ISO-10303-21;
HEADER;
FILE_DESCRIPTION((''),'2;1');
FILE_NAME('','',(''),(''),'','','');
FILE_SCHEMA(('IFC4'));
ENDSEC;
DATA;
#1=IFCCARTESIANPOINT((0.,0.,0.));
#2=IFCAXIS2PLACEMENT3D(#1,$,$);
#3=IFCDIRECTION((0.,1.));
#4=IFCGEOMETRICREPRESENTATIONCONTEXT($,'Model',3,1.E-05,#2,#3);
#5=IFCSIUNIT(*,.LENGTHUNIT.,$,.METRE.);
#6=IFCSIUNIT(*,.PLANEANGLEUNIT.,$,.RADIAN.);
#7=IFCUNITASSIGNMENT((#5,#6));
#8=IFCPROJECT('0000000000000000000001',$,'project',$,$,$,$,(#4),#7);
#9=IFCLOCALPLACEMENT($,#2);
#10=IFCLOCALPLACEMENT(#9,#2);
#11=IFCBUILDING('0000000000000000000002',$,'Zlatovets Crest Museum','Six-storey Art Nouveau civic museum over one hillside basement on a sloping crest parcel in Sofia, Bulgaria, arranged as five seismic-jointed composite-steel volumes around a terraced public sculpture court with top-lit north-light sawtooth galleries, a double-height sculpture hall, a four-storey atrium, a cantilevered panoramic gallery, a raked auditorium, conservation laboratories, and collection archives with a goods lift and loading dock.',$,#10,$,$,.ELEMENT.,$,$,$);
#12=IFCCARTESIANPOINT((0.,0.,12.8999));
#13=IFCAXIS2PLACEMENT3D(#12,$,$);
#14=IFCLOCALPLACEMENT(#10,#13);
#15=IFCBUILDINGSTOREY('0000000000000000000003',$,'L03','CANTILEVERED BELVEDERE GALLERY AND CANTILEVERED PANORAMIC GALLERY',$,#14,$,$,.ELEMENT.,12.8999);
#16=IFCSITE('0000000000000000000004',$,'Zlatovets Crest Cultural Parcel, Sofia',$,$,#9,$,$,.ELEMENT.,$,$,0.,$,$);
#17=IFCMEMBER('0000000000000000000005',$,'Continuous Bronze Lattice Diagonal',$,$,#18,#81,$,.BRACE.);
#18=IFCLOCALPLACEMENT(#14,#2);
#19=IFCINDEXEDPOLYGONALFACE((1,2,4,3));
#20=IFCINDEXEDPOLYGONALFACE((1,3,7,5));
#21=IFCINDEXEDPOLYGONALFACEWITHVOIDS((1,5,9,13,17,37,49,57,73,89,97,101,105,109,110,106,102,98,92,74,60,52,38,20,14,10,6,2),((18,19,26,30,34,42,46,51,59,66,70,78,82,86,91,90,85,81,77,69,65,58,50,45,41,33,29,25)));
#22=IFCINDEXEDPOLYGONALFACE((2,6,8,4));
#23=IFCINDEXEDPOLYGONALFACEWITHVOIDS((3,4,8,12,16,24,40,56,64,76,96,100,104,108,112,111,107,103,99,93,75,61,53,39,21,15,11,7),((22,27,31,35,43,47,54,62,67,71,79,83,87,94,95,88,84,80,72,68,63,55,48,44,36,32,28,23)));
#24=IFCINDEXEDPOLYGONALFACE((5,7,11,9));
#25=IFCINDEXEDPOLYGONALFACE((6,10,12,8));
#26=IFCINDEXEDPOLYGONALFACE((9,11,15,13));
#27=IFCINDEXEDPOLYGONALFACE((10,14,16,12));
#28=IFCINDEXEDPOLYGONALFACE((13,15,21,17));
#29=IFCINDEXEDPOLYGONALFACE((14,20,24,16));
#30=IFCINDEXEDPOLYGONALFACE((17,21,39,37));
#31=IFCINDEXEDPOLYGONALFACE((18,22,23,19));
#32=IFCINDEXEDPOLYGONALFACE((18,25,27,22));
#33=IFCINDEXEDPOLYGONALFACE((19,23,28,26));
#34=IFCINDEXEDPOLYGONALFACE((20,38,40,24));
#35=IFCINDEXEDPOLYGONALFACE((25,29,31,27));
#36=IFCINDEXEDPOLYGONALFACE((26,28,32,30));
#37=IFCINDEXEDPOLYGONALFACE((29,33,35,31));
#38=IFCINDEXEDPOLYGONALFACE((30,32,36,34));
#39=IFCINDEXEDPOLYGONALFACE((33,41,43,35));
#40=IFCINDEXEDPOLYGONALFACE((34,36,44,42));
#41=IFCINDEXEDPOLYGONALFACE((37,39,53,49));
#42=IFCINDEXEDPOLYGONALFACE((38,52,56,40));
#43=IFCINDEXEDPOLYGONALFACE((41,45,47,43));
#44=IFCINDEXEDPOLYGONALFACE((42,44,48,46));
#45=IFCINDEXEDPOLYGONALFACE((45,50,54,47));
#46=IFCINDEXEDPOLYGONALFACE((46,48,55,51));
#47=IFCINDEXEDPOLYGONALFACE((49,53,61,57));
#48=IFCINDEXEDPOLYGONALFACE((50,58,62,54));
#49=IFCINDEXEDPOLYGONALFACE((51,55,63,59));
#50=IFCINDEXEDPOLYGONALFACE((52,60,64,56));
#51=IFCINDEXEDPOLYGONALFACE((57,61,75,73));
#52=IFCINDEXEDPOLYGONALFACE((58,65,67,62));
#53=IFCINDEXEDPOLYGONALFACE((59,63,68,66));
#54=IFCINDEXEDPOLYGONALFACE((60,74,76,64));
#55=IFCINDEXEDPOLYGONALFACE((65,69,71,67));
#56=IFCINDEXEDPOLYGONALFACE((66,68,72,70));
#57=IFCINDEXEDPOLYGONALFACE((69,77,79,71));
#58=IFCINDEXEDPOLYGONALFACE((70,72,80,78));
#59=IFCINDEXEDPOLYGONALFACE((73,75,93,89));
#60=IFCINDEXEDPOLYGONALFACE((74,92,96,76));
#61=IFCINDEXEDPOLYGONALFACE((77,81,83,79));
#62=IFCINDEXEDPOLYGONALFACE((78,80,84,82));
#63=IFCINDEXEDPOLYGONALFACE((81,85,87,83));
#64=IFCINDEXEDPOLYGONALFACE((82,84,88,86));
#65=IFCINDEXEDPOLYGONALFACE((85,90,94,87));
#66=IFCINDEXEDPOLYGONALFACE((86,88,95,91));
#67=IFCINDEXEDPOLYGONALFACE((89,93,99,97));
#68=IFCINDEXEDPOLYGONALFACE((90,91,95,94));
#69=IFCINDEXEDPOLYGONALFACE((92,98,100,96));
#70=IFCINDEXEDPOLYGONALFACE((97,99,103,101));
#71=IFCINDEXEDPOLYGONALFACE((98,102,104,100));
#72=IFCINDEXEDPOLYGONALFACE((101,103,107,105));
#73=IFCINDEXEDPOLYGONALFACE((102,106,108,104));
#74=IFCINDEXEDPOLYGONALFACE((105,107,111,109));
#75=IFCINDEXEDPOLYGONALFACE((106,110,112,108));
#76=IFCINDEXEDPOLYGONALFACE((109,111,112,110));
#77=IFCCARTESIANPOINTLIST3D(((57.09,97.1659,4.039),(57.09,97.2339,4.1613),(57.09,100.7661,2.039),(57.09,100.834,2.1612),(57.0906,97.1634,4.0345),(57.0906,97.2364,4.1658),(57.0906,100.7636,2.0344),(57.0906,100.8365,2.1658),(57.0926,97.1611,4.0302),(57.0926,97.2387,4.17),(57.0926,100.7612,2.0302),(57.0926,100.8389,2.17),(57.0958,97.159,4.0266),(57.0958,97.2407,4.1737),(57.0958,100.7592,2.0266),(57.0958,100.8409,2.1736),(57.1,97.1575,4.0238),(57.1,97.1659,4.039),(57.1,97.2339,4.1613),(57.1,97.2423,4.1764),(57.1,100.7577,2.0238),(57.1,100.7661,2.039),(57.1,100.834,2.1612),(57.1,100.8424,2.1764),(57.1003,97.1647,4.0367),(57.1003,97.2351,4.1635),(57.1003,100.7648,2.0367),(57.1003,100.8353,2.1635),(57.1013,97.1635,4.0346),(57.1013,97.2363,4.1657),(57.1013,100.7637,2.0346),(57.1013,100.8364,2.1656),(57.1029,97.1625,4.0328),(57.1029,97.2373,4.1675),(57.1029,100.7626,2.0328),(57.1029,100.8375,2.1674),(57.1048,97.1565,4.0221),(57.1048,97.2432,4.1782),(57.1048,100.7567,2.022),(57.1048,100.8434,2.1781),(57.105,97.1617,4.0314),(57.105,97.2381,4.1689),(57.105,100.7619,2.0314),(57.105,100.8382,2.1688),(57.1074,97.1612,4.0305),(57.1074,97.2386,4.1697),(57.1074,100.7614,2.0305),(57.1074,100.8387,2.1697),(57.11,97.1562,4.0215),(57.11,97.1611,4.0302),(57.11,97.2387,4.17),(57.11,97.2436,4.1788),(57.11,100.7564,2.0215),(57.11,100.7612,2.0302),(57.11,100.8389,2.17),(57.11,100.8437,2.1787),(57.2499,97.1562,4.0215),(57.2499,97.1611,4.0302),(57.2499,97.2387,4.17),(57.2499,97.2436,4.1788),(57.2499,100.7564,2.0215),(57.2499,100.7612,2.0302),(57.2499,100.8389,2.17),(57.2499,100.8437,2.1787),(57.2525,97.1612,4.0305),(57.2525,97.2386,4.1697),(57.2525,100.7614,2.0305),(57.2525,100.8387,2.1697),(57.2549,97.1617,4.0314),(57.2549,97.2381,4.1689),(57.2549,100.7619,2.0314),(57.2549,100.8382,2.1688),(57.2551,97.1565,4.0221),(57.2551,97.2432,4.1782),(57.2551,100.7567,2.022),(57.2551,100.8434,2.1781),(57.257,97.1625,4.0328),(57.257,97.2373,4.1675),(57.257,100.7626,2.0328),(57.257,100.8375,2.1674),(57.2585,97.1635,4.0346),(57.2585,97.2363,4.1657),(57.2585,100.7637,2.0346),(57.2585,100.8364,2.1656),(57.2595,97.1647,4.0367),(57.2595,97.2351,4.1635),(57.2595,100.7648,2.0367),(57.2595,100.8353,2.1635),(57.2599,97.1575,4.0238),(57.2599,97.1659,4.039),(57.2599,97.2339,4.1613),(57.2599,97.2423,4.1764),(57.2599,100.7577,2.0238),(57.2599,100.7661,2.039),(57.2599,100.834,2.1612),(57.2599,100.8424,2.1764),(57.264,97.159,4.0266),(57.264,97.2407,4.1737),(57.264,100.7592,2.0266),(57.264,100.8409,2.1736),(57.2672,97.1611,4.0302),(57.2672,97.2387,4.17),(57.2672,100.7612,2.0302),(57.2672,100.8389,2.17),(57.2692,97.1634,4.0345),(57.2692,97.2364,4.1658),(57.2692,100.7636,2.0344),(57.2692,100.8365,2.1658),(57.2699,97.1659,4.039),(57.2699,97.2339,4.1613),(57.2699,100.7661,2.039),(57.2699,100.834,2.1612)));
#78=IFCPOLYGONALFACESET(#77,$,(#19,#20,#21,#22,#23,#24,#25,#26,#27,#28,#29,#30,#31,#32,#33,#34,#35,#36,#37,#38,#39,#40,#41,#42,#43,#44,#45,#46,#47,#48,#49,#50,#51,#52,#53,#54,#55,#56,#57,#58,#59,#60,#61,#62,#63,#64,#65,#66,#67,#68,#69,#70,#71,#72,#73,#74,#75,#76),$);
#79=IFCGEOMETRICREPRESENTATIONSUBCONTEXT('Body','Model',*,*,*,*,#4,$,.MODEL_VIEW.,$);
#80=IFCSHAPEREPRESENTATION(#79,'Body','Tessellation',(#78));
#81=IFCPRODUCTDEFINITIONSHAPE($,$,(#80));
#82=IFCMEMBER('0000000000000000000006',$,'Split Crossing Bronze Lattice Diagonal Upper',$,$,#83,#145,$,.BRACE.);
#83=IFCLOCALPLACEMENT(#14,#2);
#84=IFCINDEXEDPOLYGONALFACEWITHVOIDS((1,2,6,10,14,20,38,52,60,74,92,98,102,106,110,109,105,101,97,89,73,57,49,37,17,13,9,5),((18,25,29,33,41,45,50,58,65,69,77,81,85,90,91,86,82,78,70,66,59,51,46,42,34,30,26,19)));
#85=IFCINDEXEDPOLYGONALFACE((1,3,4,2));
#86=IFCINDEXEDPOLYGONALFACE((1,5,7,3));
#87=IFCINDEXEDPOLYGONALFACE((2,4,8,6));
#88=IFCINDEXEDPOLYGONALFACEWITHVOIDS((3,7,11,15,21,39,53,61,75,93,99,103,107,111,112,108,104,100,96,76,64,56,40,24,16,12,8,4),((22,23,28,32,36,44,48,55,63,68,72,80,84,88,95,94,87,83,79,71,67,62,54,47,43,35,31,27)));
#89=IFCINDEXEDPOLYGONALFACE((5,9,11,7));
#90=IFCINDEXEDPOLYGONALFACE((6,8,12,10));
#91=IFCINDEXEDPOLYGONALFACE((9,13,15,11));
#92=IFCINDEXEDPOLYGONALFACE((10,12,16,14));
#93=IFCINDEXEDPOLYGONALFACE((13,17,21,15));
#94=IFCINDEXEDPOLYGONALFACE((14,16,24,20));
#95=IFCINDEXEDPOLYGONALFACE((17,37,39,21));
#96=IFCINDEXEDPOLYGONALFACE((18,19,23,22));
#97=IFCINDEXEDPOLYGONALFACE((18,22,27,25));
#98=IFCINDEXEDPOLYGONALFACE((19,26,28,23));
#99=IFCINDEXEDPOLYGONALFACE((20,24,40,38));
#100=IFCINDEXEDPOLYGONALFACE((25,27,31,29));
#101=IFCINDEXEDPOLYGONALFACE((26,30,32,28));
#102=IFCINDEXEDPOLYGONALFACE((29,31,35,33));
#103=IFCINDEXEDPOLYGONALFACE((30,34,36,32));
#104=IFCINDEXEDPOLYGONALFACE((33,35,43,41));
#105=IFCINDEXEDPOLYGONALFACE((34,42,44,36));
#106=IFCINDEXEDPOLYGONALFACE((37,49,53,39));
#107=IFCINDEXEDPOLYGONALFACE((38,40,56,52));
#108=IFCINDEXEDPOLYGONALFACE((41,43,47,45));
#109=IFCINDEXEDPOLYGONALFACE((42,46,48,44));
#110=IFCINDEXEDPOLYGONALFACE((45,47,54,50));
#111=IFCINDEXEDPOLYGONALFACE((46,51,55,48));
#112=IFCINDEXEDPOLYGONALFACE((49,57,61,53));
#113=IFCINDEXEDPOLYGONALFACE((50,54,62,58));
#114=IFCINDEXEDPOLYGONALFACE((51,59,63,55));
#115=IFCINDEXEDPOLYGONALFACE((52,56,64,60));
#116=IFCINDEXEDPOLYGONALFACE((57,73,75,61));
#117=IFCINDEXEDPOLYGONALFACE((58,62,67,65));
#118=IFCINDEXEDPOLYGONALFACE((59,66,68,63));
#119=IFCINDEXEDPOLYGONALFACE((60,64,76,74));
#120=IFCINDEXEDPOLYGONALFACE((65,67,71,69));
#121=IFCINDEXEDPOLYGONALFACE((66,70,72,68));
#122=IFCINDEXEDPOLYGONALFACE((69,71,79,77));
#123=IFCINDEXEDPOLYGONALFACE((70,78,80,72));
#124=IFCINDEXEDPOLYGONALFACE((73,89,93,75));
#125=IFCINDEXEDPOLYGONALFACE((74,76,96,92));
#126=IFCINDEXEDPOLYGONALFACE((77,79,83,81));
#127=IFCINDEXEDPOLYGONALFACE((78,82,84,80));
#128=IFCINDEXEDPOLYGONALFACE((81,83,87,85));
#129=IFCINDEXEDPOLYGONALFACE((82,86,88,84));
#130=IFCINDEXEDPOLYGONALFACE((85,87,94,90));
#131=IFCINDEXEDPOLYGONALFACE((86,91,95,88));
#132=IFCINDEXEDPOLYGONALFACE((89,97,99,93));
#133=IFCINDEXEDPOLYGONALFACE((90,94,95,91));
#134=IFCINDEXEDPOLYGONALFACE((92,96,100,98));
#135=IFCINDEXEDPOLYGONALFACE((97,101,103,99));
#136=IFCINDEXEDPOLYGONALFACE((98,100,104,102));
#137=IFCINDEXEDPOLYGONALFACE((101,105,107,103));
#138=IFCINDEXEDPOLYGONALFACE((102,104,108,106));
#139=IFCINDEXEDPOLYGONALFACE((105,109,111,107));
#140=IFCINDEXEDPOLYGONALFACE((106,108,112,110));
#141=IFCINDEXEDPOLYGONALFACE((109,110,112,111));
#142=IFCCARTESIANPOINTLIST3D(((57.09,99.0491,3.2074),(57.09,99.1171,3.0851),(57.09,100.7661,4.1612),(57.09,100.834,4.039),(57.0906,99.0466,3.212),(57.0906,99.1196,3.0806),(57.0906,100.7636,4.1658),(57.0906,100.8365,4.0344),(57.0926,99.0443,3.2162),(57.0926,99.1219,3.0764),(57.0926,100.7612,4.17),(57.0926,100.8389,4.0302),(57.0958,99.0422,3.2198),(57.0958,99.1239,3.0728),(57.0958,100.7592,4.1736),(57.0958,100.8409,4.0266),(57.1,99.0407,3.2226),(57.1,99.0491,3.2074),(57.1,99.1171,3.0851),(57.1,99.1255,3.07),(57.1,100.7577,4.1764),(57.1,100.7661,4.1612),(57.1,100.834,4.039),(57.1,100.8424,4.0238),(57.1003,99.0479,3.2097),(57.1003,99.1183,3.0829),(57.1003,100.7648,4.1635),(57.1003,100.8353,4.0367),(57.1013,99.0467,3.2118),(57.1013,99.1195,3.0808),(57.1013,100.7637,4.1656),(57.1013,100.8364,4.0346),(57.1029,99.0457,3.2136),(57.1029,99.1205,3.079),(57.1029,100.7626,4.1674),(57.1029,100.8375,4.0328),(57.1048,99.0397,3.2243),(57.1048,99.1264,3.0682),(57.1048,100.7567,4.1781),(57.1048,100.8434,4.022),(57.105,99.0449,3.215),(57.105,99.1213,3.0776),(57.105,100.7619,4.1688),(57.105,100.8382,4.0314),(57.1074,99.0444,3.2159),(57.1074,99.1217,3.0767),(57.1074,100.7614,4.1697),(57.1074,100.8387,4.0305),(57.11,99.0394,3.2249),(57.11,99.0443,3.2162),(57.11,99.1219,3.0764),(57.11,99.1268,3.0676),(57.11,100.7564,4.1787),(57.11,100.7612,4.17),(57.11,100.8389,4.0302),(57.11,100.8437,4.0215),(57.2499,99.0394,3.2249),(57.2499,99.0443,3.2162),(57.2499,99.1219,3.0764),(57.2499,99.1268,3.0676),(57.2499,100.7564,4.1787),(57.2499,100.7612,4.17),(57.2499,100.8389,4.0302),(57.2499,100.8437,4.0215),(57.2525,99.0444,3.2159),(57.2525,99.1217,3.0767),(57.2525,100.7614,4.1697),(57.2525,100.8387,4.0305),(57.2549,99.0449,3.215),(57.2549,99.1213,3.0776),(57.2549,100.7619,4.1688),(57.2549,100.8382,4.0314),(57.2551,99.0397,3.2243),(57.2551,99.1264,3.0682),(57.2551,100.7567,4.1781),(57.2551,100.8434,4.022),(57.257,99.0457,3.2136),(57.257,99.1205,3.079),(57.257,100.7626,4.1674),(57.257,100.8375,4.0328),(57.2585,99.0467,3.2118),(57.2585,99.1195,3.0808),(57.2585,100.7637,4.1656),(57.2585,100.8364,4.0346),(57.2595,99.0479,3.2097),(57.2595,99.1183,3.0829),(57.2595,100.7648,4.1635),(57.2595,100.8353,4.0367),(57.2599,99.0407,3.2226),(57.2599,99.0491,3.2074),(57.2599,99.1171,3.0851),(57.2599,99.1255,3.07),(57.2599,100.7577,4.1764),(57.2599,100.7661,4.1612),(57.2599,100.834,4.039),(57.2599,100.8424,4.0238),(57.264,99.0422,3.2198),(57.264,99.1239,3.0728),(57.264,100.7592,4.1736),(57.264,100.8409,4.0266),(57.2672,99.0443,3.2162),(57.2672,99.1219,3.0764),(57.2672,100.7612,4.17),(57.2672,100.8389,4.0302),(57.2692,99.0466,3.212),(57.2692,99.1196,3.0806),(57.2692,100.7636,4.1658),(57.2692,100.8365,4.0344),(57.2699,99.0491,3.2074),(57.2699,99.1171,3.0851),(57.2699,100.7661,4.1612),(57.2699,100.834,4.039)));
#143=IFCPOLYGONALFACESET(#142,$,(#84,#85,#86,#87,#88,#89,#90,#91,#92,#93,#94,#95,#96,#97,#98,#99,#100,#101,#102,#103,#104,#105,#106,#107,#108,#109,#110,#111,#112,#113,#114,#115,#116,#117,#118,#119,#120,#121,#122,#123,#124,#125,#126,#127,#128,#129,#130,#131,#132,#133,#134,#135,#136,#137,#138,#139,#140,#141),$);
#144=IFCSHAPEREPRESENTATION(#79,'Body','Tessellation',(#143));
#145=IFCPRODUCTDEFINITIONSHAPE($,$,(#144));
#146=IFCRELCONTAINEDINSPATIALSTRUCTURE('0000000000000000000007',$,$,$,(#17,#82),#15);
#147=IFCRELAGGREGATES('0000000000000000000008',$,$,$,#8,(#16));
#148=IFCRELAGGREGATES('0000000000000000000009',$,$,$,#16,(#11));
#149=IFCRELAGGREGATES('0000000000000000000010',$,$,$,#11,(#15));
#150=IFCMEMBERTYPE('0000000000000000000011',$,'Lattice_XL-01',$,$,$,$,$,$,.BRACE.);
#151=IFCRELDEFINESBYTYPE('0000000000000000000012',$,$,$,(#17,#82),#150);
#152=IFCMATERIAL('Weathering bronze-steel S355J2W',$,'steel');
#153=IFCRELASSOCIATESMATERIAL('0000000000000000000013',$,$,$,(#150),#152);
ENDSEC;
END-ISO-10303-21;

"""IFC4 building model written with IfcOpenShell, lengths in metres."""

from ifc_helpers import new_model, si_unit, direction, frame, origin, origin_2d, place, context, subcontext, project, spatial, hollow_rectangle, extrude, material, material_profile, profile_set, type_object, element, save


model = new_model("IFC4")

# Units and contexts
model_context = context("Model", 3, precision=1e-05, world=origin(), true_north=direction((0.0, 1.0)))
body_context = subcontext(model_context, "Body", "Model", "MODEL_VIEW")
ifc_project = project(units=[si_unit("LENGTHUNIT", "METRE"), si_unit("PLANEANGLEUNIT", "RADIAN")], contexts=[model_context])

# Site, building, storey
site_placement = place(None, origin())
site = spatial("IfcSite", under=ifc_project, at=site_placement, Name="Zlatovets Crest Cultural Parcel, Sofia", CompositionType="ELEMENT", RefElevation=0.0)
building_placement = place(site_placement, origin())
building = spatial("IfcBuilding", under=site, at=building_placement, Name="Zlatovets Crest Museum", Description="Six-storey Art Nouveau civic museum over one hillside basement on a sloping crest parcel in Sofia, Bulgaria, arranged as five seismic-jointed composite-steel volumes around a terraced public sculpture court with top-lit north-light sawtooth galleries, a double-height sculpture hall, a four-storey atrium, a cantilevered panoramic gallery, a raked auditorium, conservation laboratories, and collection archives with a goods lift and loading dock.", CompositionType="ELEMENT")
storey_placement = place(building_placement, frame((0.0, 0.0, 12.8999)))
storey = spatial("IfcBuildingStorey", under=building, at=storey_placement, Name="L03", Description="CANTILEVERED BELVEDERE GALLERY AND CANTILEVERED PANORAMIC GALLERY", CompositionType="ELEMENT", Elevation=12.8999)

# Members
ifc_material_1 = material(Name="Weathering bronze-steel S355J2W", Category="steel")
ifc_material_profile_1 = material_profile(ifc_material_1, hollow_rectangle(XDim=0.1799, YDim=0.1799, WallThickness=0.01, InnerFilletRadius=0.01, OuterFilletRadius=0.02, at=origin_2d()), Name="SHS 180x180x10.0")
ifc_profile_set_1 = profile_set([ifc_material_profile_1], Name="Weathering bronze-steel S355J2W")
member_type_1 = type_object("IfcMemberType", Name="Lattice_XL-01", PredefinedType="BRACE", material=ifc_profile_set_1)
member_1_placement = place(storey_placement, frame((57.1799, 100.8, 2.1001), z_axis=(0.0, -0.874163, 0.485633), x_axis=(1.0, 0.0, 0.0)))
element("IfcMember", 1, at=member_1_placement, inside=storey, type_object=member_type_1, Name="Continuous Bronze Lattice Diagonal", PredefinedType="BRACE", context=body_context, shape_type="SweptSolid", body=[
    extrude(hollow_rectangle(XDim=0.1799, YDim=0.1799, WallThickness=0.01, InnerFilletRadius=0.01, OuterFilletRadius=0.02, at=origin_2d()), origin(), (0.0, 0.0, 1.0), 4.1184),
])
member_2_placement = place(storey_placement, frame((57.1799, 100.8, 4.1001), z_axis=(0.0, -0.874169, -0.485622), x_axis=(1.0, 0.0, 0.0)))
element("IfcMember", 2, at=member_2_placement, inside=storey, type_object=member_type_1, Name="Split Crossing Bronze Lattice Diagonal Upper", PredefinedType="BRACE", context=body_context, shape_type="SweptSolid", body=[
    extrude(hollow_rectangle(XDim=0.1799, YDim=0.1799, WallThickness=0.01, InnerFilletRadius=0.01, OuterFilletRadius=0.02, at=origin_2d()), origin(), (0.0, 0.0, 1.0), 1.9641),
])

save(model, "model.ifc")
